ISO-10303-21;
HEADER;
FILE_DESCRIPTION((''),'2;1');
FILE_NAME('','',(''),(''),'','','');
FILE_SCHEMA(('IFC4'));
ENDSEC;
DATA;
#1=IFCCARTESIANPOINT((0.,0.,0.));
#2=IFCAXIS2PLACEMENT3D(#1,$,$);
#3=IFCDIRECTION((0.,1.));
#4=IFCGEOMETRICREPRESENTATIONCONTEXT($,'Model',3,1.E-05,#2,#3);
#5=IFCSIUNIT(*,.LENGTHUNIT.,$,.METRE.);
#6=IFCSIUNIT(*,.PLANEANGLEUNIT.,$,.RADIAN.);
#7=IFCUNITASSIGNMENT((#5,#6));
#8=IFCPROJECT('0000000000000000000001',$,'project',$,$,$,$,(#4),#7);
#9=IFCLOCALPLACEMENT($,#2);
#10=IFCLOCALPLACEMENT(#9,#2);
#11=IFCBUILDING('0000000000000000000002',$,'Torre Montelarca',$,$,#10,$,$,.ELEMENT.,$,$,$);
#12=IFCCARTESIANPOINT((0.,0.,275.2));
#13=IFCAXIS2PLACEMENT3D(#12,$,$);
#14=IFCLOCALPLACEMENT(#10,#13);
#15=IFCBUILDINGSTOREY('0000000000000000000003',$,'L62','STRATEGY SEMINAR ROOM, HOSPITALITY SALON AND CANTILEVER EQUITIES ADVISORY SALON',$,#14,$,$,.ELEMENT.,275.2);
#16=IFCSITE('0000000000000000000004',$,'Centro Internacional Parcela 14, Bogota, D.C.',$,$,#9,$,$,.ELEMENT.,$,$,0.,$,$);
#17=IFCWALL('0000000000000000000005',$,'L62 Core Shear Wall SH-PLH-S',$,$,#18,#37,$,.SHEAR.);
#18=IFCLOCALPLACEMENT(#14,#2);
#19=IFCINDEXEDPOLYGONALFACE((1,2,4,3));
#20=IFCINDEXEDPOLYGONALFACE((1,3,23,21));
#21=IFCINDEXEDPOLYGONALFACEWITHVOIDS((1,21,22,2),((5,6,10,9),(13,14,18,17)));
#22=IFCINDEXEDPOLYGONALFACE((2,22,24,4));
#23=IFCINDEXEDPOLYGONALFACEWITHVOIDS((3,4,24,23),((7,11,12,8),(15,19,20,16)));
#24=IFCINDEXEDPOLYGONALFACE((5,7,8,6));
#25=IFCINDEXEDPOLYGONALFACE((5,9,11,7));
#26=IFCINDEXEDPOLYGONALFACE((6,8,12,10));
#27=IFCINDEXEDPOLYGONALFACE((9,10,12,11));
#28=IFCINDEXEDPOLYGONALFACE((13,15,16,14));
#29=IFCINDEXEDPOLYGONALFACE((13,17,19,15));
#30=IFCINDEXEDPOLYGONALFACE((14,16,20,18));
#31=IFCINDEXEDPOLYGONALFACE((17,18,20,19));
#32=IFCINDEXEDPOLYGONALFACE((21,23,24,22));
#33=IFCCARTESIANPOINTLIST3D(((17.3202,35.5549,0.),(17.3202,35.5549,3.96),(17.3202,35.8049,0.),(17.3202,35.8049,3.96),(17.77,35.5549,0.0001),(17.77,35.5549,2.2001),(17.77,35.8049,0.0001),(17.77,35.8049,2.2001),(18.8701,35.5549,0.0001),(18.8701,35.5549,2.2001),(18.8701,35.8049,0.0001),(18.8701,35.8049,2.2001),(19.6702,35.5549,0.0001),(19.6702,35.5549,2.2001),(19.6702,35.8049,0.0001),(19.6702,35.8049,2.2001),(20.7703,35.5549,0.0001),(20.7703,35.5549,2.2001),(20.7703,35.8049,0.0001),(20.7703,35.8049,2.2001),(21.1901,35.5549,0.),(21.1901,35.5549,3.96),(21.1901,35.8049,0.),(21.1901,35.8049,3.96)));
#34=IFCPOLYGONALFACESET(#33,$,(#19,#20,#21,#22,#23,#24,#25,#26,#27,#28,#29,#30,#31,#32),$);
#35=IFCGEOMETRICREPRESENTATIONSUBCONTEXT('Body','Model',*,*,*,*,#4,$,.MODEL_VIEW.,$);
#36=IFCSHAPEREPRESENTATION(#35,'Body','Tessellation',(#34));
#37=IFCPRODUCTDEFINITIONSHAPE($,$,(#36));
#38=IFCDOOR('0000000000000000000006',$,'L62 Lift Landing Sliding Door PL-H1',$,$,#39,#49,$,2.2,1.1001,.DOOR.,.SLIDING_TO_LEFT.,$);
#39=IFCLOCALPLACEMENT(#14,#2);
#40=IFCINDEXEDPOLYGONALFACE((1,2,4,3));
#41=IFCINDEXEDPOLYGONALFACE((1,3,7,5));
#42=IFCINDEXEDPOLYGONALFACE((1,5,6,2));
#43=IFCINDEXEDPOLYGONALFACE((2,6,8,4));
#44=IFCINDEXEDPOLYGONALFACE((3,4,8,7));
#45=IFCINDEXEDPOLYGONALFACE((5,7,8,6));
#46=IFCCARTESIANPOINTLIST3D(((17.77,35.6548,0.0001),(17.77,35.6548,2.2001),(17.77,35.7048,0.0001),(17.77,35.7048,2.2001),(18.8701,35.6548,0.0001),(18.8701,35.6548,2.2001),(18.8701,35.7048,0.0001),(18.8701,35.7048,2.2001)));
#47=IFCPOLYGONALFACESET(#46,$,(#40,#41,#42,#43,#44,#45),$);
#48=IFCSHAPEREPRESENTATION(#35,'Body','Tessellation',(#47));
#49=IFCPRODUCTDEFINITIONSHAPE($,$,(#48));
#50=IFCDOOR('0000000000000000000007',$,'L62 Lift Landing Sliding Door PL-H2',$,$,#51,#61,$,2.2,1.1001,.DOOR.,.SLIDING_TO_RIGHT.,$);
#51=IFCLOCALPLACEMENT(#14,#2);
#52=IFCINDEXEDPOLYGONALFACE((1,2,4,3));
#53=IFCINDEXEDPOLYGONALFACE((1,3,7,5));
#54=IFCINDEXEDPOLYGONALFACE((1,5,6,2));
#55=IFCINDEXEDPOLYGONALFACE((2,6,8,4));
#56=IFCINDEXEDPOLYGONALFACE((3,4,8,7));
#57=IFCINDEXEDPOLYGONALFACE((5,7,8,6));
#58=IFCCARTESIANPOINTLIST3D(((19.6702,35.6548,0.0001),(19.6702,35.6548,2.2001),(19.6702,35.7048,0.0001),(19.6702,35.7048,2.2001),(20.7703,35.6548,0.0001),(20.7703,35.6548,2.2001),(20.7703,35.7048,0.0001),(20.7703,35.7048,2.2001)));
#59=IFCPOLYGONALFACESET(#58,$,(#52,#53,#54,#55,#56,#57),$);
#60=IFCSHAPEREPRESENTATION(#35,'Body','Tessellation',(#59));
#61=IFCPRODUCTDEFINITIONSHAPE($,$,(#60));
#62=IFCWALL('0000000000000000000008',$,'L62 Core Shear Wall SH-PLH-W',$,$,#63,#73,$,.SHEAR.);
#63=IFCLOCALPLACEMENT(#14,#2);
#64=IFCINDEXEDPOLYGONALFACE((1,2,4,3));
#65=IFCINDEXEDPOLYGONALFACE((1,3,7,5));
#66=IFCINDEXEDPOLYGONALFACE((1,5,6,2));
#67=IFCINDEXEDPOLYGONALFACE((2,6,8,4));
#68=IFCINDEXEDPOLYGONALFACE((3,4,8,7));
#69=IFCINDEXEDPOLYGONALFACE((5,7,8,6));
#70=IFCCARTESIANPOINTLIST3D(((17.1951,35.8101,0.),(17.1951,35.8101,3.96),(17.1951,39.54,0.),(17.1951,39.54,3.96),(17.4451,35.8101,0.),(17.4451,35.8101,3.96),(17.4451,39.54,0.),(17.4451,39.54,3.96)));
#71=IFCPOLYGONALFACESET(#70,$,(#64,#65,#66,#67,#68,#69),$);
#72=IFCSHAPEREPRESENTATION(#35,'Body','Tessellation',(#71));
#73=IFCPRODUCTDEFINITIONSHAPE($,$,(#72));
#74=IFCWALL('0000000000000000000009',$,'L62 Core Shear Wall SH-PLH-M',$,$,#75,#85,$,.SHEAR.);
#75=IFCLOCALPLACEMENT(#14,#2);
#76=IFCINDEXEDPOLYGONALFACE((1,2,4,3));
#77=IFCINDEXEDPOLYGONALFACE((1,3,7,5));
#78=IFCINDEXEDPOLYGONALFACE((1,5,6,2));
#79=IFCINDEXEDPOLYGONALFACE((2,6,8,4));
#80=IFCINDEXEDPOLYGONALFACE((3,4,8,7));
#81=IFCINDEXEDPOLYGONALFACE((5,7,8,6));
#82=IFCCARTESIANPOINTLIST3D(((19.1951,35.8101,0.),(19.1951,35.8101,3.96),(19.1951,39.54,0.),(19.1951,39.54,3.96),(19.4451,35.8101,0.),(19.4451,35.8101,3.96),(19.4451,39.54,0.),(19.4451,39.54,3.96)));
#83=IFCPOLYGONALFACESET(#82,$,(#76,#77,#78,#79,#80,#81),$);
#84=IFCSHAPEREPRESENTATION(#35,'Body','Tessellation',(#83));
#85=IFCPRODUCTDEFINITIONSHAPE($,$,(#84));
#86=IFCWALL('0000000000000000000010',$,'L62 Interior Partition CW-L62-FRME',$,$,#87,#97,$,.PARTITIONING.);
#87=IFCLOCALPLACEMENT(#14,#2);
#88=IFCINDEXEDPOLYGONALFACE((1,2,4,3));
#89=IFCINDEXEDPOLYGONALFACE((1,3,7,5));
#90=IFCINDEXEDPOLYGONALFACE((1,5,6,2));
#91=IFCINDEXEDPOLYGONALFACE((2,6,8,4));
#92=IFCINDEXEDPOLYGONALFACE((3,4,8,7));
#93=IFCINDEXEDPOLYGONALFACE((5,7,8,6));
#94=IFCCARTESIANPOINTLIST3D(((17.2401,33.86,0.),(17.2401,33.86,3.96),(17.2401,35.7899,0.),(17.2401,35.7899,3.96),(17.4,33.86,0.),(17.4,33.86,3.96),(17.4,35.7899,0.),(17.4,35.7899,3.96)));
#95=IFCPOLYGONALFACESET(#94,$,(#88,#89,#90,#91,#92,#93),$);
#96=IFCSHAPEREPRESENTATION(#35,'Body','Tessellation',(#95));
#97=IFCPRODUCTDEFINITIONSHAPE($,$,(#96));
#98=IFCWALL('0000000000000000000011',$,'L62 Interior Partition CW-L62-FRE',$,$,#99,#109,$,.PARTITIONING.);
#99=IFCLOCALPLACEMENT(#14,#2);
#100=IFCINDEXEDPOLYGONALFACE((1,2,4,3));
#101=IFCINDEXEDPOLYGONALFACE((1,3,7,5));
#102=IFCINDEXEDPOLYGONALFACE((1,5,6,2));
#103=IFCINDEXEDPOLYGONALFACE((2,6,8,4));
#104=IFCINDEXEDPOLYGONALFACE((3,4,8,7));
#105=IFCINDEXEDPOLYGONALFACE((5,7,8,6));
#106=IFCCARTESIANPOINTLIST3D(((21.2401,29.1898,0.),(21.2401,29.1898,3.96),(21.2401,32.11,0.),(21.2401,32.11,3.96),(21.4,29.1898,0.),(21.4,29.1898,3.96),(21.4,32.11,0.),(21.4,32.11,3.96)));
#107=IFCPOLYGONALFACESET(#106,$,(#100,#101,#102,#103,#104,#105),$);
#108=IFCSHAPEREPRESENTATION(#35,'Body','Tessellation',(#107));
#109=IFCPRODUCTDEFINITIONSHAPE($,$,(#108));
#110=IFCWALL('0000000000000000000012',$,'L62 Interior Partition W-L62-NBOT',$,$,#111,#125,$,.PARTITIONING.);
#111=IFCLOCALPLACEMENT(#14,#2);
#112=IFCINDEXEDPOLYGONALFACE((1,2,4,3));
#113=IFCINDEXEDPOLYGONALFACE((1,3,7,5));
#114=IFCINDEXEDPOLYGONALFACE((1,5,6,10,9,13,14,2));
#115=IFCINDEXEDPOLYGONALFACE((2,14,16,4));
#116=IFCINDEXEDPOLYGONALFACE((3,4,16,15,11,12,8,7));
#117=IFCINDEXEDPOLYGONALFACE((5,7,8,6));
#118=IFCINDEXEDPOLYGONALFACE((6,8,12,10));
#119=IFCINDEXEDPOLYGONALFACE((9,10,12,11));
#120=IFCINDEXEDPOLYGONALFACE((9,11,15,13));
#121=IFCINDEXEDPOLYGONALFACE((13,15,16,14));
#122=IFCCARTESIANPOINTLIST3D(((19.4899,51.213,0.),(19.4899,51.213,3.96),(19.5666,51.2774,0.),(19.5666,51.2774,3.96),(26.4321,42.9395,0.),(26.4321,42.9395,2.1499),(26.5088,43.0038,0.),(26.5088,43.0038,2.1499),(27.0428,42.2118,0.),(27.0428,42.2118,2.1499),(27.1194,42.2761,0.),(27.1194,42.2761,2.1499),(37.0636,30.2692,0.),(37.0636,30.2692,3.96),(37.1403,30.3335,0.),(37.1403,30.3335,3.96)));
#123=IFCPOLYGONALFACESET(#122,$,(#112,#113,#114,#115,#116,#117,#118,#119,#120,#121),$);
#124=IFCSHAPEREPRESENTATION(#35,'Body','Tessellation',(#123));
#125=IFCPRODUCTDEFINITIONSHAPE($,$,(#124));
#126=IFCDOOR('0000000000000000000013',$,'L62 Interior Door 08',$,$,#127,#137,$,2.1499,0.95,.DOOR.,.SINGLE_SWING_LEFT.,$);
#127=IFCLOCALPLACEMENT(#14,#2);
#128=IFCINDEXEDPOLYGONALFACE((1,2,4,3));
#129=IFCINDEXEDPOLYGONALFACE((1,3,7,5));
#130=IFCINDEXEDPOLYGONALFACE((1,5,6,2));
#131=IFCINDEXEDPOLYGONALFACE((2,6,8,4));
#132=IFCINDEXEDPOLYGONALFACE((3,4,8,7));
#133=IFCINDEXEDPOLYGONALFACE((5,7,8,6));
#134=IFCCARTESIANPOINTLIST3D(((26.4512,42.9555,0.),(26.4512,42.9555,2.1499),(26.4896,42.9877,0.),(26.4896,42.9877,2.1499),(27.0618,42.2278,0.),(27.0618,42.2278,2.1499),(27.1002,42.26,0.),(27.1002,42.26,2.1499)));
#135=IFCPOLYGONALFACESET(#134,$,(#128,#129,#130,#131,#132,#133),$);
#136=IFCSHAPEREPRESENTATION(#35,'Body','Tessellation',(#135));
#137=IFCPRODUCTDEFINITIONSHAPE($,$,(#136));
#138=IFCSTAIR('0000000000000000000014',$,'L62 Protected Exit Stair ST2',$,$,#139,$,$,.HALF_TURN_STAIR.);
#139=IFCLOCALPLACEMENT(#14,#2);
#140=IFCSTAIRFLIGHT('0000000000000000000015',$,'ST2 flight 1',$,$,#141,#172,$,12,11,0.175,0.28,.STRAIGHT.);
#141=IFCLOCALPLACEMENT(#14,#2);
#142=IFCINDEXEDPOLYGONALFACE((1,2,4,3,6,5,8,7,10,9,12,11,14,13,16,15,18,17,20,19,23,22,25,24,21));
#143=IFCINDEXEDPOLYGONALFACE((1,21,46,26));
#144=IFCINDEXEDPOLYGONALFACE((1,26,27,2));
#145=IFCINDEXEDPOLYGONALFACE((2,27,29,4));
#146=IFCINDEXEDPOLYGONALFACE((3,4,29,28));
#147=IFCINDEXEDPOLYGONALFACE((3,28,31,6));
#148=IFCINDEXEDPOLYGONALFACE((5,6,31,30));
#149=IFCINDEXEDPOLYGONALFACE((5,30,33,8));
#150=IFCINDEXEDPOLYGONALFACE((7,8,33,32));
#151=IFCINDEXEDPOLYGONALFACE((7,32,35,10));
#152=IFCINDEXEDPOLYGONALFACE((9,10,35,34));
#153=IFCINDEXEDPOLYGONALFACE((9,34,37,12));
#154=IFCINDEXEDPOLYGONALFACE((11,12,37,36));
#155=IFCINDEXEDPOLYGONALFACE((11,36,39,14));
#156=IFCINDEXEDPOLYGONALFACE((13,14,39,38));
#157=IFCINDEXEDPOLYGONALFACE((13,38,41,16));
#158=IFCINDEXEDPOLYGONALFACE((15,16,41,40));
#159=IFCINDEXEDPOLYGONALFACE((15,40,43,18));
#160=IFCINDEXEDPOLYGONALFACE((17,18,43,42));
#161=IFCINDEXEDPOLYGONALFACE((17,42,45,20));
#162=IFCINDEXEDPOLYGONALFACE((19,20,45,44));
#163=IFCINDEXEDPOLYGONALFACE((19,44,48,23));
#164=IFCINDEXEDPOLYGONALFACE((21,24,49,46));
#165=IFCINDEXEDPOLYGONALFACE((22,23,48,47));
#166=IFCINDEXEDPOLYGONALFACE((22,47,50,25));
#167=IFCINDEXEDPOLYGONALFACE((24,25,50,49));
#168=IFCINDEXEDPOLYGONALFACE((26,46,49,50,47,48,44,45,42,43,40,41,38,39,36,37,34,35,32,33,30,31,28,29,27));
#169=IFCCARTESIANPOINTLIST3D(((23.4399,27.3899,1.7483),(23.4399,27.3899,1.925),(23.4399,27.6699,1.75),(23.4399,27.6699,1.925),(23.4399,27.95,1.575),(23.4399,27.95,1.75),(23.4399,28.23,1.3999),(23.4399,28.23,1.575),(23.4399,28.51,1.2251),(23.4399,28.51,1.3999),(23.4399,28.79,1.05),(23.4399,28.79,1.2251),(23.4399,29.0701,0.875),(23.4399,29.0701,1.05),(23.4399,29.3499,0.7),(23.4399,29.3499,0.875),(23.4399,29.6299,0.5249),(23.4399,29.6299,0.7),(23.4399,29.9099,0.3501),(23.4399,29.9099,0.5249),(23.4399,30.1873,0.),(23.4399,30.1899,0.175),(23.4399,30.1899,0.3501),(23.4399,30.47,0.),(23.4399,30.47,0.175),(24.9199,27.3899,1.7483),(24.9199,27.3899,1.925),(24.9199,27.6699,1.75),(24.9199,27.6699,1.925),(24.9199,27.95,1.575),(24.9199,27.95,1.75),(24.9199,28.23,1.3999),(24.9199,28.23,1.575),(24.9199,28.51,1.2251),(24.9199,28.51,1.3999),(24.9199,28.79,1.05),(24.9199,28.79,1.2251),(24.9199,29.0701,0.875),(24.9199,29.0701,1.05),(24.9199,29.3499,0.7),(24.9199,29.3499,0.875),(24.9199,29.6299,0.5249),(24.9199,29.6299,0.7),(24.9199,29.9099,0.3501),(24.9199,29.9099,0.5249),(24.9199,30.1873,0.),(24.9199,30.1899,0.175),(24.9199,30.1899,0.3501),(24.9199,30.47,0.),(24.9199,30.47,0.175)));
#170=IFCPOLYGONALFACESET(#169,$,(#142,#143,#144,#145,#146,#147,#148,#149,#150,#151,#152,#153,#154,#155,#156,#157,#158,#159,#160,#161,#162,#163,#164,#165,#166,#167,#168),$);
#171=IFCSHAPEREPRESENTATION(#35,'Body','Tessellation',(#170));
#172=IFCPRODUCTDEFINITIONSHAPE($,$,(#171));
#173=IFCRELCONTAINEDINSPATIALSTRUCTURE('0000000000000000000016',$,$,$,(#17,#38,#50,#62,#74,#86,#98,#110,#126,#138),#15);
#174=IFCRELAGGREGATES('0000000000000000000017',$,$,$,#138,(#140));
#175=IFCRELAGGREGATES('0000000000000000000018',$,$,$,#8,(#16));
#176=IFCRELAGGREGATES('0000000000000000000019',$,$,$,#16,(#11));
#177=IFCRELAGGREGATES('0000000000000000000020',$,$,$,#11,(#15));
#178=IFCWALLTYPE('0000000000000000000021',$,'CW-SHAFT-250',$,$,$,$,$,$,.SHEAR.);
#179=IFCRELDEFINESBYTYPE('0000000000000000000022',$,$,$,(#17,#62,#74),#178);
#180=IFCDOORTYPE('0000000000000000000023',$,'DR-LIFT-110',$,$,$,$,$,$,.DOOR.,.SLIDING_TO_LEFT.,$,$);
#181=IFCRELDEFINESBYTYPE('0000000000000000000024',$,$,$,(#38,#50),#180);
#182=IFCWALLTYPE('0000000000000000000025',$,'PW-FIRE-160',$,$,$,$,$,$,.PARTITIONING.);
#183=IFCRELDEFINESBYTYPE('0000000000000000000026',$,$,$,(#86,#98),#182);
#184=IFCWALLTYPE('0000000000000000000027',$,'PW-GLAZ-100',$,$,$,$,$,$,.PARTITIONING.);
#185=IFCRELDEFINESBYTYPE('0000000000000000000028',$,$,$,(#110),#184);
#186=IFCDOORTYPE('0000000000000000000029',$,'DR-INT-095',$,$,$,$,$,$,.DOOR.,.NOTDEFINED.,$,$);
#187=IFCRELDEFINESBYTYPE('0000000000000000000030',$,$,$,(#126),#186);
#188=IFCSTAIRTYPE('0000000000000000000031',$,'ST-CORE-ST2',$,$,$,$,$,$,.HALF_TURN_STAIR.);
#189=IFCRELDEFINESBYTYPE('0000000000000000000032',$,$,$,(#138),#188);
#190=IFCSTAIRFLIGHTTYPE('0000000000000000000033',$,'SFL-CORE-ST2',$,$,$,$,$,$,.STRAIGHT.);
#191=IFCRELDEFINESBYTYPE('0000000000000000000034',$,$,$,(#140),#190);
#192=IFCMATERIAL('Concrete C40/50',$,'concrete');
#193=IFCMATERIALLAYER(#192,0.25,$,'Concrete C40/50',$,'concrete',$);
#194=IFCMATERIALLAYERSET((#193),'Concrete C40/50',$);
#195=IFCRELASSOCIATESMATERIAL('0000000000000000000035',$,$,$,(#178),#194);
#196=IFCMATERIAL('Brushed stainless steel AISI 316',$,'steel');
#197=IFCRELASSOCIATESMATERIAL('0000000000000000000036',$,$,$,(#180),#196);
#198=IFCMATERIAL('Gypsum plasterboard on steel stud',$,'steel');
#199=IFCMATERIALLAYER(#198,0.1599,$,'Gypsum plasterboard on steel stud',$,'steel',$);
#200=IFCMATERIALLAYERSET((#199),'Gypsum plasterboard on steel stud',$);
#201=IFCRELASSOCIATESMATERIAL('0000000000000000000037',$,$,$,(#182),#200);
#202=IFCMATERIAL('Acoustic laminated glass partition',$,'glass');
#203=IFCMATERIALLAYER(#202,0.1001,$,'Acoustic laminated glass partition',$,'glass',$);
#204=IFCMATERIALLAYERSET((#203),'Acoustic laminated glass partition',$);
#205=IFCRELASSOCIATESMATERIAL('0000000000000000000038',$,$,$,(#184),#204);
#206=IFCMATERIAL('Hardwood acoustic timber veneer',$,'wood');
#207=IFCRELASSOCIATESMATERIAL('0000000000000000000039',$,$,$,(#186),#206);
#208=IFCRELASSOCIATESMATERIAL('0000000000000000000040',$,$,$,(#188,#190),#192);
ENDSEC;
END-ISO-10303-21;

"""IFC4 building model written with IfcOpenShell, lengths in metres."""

from ifc_helpers import new_model, si_unit, direction, frame, frame_2d, origin, place, context, subcontext, project, spatial, polyline, rectangle, outline, extrude, source, transform, mapped, material, layer, layer_set, type_object, element, fill, aggregate, save


model = new_model("IFC4")

# Units and contexts
model_context = context("Model", 3, precision=1e-05, world=origin(), true_north=direction((0.0, 1.0)))
body_context = subcontext(model_context, "Body", "Model", "MODEL_VIEW")
ifc_project = project(units=[si_unit("LENGTHUNIT", "METRE"), si_unit("PLANEANGLEUNIT", "RADIAN")], contexts=[model_context])

# Site, building, storey
site_placement = place(None, origin())
site = spatial("IfcSite", under=ifc_project, at=site_placement, Name="Centro Internacional Parcela 14, Bogota, D.C.", CompositionType="ELEMENT", RefElevation=0.0)
building_placement = place(site_placement, origin())
building = spatial("IfcBuilding", under=site, at=building_placement, Name="Torre Montelarca", CompositionType="ELEMENT")
storey_placement = place(building_placement, frame((0.0, 0.0, 275.2)))
storey = spatial("IfcBuildingStorey", under=building, at=storey_placement, Name="L62", Description="STRATEGY SEMINAR ROOM, HOSPITALITY SALON AND CANTILEVER EQUITIES ADVISORY SALON", CompositionType="ELEMENT", Elevation=275.2)

# Shared definitions
ifc_material_1 = material(Name="Concrete C40/50", Category="concrete")
ifc_layer_1 = layer(ifc_material_1, 0.25, Name="Concrete C40/50", Category="concrete")
ifc_layer_set_1 = layer_set([ifc_layer_1], Name="Concrete C40/50")
wall_type_1 = type_object("IfcWallType", Name="CW-SHAFT-250", PredefinedType="SHEAR", material=ifc_layer_set_1)

# Shared definitions
ifc_material_2 = material(Name="Brushed stainless steel AISI 316", Category="steel")

# Wall, openings, doors
wall_1_placement = place(storey_placement, frame((17.3201, 35.6799, 0.0), z_axis=(0.0, 0.0, 1.0), x_axis=(1.0, 0.0, 0.0)))
wall_1 = element("IfcWall", 1, at=wall_1_placement, inside=storey, type_object=wall_type_1, Name="L62 Core Shear Wall SH-PLH-S", PredefinedType="SHEAR", context=body_context, shape_type="SweptSolid", body=[
    extrude(rectangle(XDim=3.8699, YDim=0.25, at=frame_2d((1.9351, 0.0))), origin(), (0.0, 0.0, 1.0), 3.96),
])
opening_1_placement = place(wall_1_placement, frame((0.45, 0.0, 0.0)))
opening_1 = element("IfcOpeningElement", 2, at=opening_1_placement, cuts=wall_1, PredefinedType="OPENING", context=body_context, shape_type="SweptSolid", body=[
    extrude(rectangle(XDim=1.1001, YDim=2.2, at=frame_2d((0.55, 1.1001))), frame((0.0, 0.135, 0.0), z_axis=(0.0, -1.0, 0.0), x_axis=(1.0, 0.0, 0.0)), (0.0, 0.0, 1.0), 0.27),
])
opening_2_placement = place(wall_1_placement, frame((2.3501, 0.0, 0.0)))
opening_2 = element("IfcOpeningElement", 3, at=opening_2_placement, cuts=wall_1, PredefinedType="OPENING", context=body_context, shape_type="SweptSolid", body=[
    extrude(rectangle(XDim=1.1001, YDim=2.2, at=frame_2d((0.55, 1.1001))), frame((0.0, 0.135, 0.0), z_axis=(0.0, -1.0, 0.0), x_axis=(1.0, 0.0, 0.0)), (0.0, 0.0, 1.0), 0.27),
])
door_type_1 = type_object("IfcDoorType", Name="DR-LIFT-110", OperationType="SLIDING_TO_LEFT", PredefinedType="DOOR", material=ifc_material_2)
shared_shape_1 = source(origin(), body_context, "Body", "SweptSolid", [
    extrude(rectangle(XDim=1.1001, YDim=2.2, at=frame_2d((0.55, 1.1001))), frame((0.0, 0.0249, 0.0), z_axis=(0.0, -1.0, 0.0), x_axis=(1.0, 0.0, 0.0)), (0.0, 0.0, 1.0), 0.05),
])
door_1_placement = place(opening_1_placement, origin())
door_1 = element("IfcDoor", 4, at=door_1_placement, inside=storey, type_object=door_type_1, Name="L62 Lift Landing Sliding Door PL-H1", OperationType="SLIDING_TO_LEFT", OverallHeight=2.2, OverallWidth=1.1001, PredefinedType="DOOR", context=body_context, shape_type="MappedRepresentation", body=[
    mapped(shared_shape_1, transform((0.0, 0.0, 0.0), scale=1.0)),
])
fill(opening_1, door_1)
door_2_placement = place(opening_2_placement, origin())
door_2 = element("IfcDoor", 5, at=door_2_placement, inside=storey, type_object=door_type_1, Name="L62 Lift Landing Sliding Door PL-H2", OperationType="SLIDING_TO_RIGHT", OverallHeight=2.2, OverallWidth=1.1001, PredefinedType="DOOR", context=body_context, shape_type="MappedRepresentation", body=[
    mapped(shared_shape_1, transform((0.0, 0.0, 0.0), scale=1.0)),
])
fill(opening_2, door_2)

# Walls
for number, where, z_axis, x_axis, name in (
    (6, (17.3201, 35.8101, 0.0), (0.0, 0.0, 1.0), (0.0, 1.0, 0.0), "L62 Core Shear Wall SH-PLH-W"),
    (7, (19.3201, 35.8101, 0.0), (0.0, 0.0, 1.0), (0.0, 1.0, 0.0), "L62 Core Shear Wall SH-PLH-M"),
):
    element("IfcWall", number, at=place(storey_placement, frame(where, z_axis=z_axis, x_axis=x_axis)), inside=storey, type_object=wall_type_1, Name=name, PredefinedType="SHEAR", context=body_context, shape_type="SweptSolid", body=[
        extrude(rectangle(XDim=3.73, YDim=0.25, at=frame_2d((1.865, 0.0))), origin(), (0.0, 0.0, 1.0), 3.96),
    ])
ifc_material_3 = material(Name="Gypsum plasterboard on steel stud", Category="steel")
ifc_layer_2 = layer(ifc_material_3, 0.1599, Name="Gypsum plasterboard on steel stud", Category="steel")
ifc_layer_set_2 = layer_set([ifc_layer_2], Name="Gypsum plasterboard on steel stud")
wall_type_2 = type_object("IfcWallType", Name="PW-FIRE-160", PredefinedType="PARTITIONING", material=ifc_layer_set_2)
wall_2_placement = place(storey_placement, frame((17.3201, 33.8601, 0.0), z_axis=(0.0, 0.0, 1.0), x_axis=(0.0, 1.0, 0.0)))
element("IfcWall", 8, at=wall_2_placement, inside=storey, type_object=wall_type_2, Name="L62 Interior Partition CW-L62-FRME", PredefinedType="PARTITIONING", context=body_context, shape_type="SweptSolid", body=[
    extrude(rectangle(XDim=1.9299, YDim=0.1599, at=frame_2d((0.9648, 0.0))), origin(), (0.0, 0.0, 1.0), 3.96),
])
wall_3_placement = place(storey_placement, frame((21.3201, 29.1899, 0.0), z_axis=(0.0, 0.0, 1.0), x_axis=(0.0, 1.0, 0.0)))
element("IfcWall", 9, at=wall_3_placement, inside=storey, type_object=wall_type_2, Name="L62 Interior Partition CW-L62-FRE", PredefinedType="PARTITIONING", context=body_context, shape_type="SweptSolid", body=[
    extrude(rectangle(XDim=2.9202, YDim=0.1599, at=frame_2d((1.46, 0.0))), origin(), (0.0, 0.0, 1.0), 3.96),
])

# Wall, opening, door
ifc_material_4 = material(Name="Acoustic laminated glass partition", Category="glass")
ifc_layer_3 = layer(ifc_material_4, 0.1001, Name="Acoustic laminated glass partition", Category="glass")
ifc_layer_set_3 = layer_set([ifc_layer_3], Name="Acoustic laminated glass partition")
wall_type_3 = type_object("IfcWallType", Name="PW-GLAZ-100", PredefinedType="PARTITIONING", material=ifc_layer_set_3)
wall_4_placement = place(storey_placement, frame((19.5283, 51.2451, 0.0), z_axis=(0.0, 0.0, 1.0), x_axis=(0.642782, -0.766049, 0.0)))
wall_4 = element("IfcWall", 10, at=wall_4_placement, inside=storey, type_object=wall_type_3, Name="L62 Interior Partition W-L62-NBOT", PredefinedType="PARTITIONING", context=body_context, shape_type="SweptSolid", body=[
    extrude(rectangle(XDim=27.3401, YDim=0.1001, at=frame_2d((13.6699, 0.0))), origin(), (0.0, 0.0, 1.0), 3.96),
])
opening_3_placement = place(wall_4_placement, frame((10.8, 0.0, 0.0)))
opening_3 = element("IfcOpeningElement", 11, at=opening_3_placement, cuts=wall_4, PredefinedType="OPENING", context=body_context, shape_type="SweptSolid", body=[
    extrude(rectangle(XDim=0.95, YDim=2.1499, at=frame_2d((0.4751, 1.075))), frame((0.0, 0.0601, 0.0), z_axis=(0.0, -1.0, 0.0), x_axis=(1.0, 0.0, 0.0)), (0.0, 0.0, 1.0), 0.1201),
])
ifc_material_5 = material(Name="Hardwood acoustic timber veneer", Category="wood")
door_type_2 = type_object("IfcDoorType", Name="DR-INT-095", OperationType="NOTDEFINED", PredefinedType="DOOR", material=ifc_material_5)
shared_shape_2 = source(origin(), body_context, "Body", "SweptSolid", [
    extrude(rectangle(XDim=0.95, YDim=2.1499, at=frame_2d((0.4751, 1.075))), frame((0.0, 0.0249, 0.0), z_axis=(0.0, -1.0, 0.0), x_axis=(1.0, 0.0, 0.0)), (0.0, 0.0, 1.0), 0.05),
])
door_3_placement = place(opening_3_placement, origin())
door_3 = element("IfcDoor", 12, at=door_3_placement, inside=storey, type_object=door_type_2, Name="L62 Interior Door 08", OperationType="SINGLE_SWING_LEFT", OverallHeight=2.1499, OverallWidth=0.95, PredefinedType="DOOR", context=body_context, shape_type="MappedRepresentation", body=[
    mapped(shared_shape_2, transform((0.0, 0.0, 0.0), scale=1.0)),
])
fill(opening_3, door_3)

# Stair, stair flight
stair_type = type_object("IfcStairType", Name="ST-CORE-ST2", PredefinedType="HALF_TURN_STAIR", material=ifc_material_1)
stair_placement = place(storey_placement, origin())
stair = element("IfcStair", 13, at=stair_placement, inside=storey, type_object=stair_type, Name="L62 Protected Exit Stair ST2", PredefinedType="HALF_TURN_STAIR")
stair_flight_type = type_object("IfcStairFlightType", Name="SFL-CORE-ST2", PredefinedType="STRAIGHT", material=ifc_material_1)
stair_flight_placement = place(storey_placement, frame((24.1799, 30.47, 0.0), z_axis=(0.0, 0.0, 1.0), x_axis=(0.0, -1.0, 0.0)))
stair_flight = element("IfcStairFlight", 14, at=stair_flight_placement, type_object=stair_flight_type, Name="ST2 flight 1", NumberOfRisers=12, NumberOfTreads=11, PredefinedType="STRAIGHT", RiserHeight=0.175, TreadLength=0.28, context=body_context, shape_type="SweptSolid", body=[
    extrude(outline(polyline([(0.0, 0.0), (0.0, 0.175), (0.28, 0.175), (0.28, 0.3501), (0.5601, 0.3501), (0.5601, 0.5249), (0.8401, 0.5249), (0.8401, 0.7), (1.1201, 0.7), (1.1201, 0.875), (1.3999, 0.875), (1.3999, 1.05), (1.6799, 1.05), (1.6799, 1.2251), (1.96, 1.2251), (1.96, 1.3999), (2.24, 1.3999), (2.24, 1.575), (2.52, 1.575), (2.52, 1.75), (2.8, 1.75), (2.8, 1.925), (3.0801, 1.925), (3.0801, 2.1001), (3.0801, 1.7483), (0.2827, 0.0), (0.0, 0.0)])), frame((0.0, 0.74, 0.0), z_axis=(0.0, -1.0, 0.0), x_axis=(1.0, 0.0, 0.0)), (0.0, 0.0, 1.0), 1.48),
])
aggregate(stair, [stair_flight])

save(model, "model.ifc")
